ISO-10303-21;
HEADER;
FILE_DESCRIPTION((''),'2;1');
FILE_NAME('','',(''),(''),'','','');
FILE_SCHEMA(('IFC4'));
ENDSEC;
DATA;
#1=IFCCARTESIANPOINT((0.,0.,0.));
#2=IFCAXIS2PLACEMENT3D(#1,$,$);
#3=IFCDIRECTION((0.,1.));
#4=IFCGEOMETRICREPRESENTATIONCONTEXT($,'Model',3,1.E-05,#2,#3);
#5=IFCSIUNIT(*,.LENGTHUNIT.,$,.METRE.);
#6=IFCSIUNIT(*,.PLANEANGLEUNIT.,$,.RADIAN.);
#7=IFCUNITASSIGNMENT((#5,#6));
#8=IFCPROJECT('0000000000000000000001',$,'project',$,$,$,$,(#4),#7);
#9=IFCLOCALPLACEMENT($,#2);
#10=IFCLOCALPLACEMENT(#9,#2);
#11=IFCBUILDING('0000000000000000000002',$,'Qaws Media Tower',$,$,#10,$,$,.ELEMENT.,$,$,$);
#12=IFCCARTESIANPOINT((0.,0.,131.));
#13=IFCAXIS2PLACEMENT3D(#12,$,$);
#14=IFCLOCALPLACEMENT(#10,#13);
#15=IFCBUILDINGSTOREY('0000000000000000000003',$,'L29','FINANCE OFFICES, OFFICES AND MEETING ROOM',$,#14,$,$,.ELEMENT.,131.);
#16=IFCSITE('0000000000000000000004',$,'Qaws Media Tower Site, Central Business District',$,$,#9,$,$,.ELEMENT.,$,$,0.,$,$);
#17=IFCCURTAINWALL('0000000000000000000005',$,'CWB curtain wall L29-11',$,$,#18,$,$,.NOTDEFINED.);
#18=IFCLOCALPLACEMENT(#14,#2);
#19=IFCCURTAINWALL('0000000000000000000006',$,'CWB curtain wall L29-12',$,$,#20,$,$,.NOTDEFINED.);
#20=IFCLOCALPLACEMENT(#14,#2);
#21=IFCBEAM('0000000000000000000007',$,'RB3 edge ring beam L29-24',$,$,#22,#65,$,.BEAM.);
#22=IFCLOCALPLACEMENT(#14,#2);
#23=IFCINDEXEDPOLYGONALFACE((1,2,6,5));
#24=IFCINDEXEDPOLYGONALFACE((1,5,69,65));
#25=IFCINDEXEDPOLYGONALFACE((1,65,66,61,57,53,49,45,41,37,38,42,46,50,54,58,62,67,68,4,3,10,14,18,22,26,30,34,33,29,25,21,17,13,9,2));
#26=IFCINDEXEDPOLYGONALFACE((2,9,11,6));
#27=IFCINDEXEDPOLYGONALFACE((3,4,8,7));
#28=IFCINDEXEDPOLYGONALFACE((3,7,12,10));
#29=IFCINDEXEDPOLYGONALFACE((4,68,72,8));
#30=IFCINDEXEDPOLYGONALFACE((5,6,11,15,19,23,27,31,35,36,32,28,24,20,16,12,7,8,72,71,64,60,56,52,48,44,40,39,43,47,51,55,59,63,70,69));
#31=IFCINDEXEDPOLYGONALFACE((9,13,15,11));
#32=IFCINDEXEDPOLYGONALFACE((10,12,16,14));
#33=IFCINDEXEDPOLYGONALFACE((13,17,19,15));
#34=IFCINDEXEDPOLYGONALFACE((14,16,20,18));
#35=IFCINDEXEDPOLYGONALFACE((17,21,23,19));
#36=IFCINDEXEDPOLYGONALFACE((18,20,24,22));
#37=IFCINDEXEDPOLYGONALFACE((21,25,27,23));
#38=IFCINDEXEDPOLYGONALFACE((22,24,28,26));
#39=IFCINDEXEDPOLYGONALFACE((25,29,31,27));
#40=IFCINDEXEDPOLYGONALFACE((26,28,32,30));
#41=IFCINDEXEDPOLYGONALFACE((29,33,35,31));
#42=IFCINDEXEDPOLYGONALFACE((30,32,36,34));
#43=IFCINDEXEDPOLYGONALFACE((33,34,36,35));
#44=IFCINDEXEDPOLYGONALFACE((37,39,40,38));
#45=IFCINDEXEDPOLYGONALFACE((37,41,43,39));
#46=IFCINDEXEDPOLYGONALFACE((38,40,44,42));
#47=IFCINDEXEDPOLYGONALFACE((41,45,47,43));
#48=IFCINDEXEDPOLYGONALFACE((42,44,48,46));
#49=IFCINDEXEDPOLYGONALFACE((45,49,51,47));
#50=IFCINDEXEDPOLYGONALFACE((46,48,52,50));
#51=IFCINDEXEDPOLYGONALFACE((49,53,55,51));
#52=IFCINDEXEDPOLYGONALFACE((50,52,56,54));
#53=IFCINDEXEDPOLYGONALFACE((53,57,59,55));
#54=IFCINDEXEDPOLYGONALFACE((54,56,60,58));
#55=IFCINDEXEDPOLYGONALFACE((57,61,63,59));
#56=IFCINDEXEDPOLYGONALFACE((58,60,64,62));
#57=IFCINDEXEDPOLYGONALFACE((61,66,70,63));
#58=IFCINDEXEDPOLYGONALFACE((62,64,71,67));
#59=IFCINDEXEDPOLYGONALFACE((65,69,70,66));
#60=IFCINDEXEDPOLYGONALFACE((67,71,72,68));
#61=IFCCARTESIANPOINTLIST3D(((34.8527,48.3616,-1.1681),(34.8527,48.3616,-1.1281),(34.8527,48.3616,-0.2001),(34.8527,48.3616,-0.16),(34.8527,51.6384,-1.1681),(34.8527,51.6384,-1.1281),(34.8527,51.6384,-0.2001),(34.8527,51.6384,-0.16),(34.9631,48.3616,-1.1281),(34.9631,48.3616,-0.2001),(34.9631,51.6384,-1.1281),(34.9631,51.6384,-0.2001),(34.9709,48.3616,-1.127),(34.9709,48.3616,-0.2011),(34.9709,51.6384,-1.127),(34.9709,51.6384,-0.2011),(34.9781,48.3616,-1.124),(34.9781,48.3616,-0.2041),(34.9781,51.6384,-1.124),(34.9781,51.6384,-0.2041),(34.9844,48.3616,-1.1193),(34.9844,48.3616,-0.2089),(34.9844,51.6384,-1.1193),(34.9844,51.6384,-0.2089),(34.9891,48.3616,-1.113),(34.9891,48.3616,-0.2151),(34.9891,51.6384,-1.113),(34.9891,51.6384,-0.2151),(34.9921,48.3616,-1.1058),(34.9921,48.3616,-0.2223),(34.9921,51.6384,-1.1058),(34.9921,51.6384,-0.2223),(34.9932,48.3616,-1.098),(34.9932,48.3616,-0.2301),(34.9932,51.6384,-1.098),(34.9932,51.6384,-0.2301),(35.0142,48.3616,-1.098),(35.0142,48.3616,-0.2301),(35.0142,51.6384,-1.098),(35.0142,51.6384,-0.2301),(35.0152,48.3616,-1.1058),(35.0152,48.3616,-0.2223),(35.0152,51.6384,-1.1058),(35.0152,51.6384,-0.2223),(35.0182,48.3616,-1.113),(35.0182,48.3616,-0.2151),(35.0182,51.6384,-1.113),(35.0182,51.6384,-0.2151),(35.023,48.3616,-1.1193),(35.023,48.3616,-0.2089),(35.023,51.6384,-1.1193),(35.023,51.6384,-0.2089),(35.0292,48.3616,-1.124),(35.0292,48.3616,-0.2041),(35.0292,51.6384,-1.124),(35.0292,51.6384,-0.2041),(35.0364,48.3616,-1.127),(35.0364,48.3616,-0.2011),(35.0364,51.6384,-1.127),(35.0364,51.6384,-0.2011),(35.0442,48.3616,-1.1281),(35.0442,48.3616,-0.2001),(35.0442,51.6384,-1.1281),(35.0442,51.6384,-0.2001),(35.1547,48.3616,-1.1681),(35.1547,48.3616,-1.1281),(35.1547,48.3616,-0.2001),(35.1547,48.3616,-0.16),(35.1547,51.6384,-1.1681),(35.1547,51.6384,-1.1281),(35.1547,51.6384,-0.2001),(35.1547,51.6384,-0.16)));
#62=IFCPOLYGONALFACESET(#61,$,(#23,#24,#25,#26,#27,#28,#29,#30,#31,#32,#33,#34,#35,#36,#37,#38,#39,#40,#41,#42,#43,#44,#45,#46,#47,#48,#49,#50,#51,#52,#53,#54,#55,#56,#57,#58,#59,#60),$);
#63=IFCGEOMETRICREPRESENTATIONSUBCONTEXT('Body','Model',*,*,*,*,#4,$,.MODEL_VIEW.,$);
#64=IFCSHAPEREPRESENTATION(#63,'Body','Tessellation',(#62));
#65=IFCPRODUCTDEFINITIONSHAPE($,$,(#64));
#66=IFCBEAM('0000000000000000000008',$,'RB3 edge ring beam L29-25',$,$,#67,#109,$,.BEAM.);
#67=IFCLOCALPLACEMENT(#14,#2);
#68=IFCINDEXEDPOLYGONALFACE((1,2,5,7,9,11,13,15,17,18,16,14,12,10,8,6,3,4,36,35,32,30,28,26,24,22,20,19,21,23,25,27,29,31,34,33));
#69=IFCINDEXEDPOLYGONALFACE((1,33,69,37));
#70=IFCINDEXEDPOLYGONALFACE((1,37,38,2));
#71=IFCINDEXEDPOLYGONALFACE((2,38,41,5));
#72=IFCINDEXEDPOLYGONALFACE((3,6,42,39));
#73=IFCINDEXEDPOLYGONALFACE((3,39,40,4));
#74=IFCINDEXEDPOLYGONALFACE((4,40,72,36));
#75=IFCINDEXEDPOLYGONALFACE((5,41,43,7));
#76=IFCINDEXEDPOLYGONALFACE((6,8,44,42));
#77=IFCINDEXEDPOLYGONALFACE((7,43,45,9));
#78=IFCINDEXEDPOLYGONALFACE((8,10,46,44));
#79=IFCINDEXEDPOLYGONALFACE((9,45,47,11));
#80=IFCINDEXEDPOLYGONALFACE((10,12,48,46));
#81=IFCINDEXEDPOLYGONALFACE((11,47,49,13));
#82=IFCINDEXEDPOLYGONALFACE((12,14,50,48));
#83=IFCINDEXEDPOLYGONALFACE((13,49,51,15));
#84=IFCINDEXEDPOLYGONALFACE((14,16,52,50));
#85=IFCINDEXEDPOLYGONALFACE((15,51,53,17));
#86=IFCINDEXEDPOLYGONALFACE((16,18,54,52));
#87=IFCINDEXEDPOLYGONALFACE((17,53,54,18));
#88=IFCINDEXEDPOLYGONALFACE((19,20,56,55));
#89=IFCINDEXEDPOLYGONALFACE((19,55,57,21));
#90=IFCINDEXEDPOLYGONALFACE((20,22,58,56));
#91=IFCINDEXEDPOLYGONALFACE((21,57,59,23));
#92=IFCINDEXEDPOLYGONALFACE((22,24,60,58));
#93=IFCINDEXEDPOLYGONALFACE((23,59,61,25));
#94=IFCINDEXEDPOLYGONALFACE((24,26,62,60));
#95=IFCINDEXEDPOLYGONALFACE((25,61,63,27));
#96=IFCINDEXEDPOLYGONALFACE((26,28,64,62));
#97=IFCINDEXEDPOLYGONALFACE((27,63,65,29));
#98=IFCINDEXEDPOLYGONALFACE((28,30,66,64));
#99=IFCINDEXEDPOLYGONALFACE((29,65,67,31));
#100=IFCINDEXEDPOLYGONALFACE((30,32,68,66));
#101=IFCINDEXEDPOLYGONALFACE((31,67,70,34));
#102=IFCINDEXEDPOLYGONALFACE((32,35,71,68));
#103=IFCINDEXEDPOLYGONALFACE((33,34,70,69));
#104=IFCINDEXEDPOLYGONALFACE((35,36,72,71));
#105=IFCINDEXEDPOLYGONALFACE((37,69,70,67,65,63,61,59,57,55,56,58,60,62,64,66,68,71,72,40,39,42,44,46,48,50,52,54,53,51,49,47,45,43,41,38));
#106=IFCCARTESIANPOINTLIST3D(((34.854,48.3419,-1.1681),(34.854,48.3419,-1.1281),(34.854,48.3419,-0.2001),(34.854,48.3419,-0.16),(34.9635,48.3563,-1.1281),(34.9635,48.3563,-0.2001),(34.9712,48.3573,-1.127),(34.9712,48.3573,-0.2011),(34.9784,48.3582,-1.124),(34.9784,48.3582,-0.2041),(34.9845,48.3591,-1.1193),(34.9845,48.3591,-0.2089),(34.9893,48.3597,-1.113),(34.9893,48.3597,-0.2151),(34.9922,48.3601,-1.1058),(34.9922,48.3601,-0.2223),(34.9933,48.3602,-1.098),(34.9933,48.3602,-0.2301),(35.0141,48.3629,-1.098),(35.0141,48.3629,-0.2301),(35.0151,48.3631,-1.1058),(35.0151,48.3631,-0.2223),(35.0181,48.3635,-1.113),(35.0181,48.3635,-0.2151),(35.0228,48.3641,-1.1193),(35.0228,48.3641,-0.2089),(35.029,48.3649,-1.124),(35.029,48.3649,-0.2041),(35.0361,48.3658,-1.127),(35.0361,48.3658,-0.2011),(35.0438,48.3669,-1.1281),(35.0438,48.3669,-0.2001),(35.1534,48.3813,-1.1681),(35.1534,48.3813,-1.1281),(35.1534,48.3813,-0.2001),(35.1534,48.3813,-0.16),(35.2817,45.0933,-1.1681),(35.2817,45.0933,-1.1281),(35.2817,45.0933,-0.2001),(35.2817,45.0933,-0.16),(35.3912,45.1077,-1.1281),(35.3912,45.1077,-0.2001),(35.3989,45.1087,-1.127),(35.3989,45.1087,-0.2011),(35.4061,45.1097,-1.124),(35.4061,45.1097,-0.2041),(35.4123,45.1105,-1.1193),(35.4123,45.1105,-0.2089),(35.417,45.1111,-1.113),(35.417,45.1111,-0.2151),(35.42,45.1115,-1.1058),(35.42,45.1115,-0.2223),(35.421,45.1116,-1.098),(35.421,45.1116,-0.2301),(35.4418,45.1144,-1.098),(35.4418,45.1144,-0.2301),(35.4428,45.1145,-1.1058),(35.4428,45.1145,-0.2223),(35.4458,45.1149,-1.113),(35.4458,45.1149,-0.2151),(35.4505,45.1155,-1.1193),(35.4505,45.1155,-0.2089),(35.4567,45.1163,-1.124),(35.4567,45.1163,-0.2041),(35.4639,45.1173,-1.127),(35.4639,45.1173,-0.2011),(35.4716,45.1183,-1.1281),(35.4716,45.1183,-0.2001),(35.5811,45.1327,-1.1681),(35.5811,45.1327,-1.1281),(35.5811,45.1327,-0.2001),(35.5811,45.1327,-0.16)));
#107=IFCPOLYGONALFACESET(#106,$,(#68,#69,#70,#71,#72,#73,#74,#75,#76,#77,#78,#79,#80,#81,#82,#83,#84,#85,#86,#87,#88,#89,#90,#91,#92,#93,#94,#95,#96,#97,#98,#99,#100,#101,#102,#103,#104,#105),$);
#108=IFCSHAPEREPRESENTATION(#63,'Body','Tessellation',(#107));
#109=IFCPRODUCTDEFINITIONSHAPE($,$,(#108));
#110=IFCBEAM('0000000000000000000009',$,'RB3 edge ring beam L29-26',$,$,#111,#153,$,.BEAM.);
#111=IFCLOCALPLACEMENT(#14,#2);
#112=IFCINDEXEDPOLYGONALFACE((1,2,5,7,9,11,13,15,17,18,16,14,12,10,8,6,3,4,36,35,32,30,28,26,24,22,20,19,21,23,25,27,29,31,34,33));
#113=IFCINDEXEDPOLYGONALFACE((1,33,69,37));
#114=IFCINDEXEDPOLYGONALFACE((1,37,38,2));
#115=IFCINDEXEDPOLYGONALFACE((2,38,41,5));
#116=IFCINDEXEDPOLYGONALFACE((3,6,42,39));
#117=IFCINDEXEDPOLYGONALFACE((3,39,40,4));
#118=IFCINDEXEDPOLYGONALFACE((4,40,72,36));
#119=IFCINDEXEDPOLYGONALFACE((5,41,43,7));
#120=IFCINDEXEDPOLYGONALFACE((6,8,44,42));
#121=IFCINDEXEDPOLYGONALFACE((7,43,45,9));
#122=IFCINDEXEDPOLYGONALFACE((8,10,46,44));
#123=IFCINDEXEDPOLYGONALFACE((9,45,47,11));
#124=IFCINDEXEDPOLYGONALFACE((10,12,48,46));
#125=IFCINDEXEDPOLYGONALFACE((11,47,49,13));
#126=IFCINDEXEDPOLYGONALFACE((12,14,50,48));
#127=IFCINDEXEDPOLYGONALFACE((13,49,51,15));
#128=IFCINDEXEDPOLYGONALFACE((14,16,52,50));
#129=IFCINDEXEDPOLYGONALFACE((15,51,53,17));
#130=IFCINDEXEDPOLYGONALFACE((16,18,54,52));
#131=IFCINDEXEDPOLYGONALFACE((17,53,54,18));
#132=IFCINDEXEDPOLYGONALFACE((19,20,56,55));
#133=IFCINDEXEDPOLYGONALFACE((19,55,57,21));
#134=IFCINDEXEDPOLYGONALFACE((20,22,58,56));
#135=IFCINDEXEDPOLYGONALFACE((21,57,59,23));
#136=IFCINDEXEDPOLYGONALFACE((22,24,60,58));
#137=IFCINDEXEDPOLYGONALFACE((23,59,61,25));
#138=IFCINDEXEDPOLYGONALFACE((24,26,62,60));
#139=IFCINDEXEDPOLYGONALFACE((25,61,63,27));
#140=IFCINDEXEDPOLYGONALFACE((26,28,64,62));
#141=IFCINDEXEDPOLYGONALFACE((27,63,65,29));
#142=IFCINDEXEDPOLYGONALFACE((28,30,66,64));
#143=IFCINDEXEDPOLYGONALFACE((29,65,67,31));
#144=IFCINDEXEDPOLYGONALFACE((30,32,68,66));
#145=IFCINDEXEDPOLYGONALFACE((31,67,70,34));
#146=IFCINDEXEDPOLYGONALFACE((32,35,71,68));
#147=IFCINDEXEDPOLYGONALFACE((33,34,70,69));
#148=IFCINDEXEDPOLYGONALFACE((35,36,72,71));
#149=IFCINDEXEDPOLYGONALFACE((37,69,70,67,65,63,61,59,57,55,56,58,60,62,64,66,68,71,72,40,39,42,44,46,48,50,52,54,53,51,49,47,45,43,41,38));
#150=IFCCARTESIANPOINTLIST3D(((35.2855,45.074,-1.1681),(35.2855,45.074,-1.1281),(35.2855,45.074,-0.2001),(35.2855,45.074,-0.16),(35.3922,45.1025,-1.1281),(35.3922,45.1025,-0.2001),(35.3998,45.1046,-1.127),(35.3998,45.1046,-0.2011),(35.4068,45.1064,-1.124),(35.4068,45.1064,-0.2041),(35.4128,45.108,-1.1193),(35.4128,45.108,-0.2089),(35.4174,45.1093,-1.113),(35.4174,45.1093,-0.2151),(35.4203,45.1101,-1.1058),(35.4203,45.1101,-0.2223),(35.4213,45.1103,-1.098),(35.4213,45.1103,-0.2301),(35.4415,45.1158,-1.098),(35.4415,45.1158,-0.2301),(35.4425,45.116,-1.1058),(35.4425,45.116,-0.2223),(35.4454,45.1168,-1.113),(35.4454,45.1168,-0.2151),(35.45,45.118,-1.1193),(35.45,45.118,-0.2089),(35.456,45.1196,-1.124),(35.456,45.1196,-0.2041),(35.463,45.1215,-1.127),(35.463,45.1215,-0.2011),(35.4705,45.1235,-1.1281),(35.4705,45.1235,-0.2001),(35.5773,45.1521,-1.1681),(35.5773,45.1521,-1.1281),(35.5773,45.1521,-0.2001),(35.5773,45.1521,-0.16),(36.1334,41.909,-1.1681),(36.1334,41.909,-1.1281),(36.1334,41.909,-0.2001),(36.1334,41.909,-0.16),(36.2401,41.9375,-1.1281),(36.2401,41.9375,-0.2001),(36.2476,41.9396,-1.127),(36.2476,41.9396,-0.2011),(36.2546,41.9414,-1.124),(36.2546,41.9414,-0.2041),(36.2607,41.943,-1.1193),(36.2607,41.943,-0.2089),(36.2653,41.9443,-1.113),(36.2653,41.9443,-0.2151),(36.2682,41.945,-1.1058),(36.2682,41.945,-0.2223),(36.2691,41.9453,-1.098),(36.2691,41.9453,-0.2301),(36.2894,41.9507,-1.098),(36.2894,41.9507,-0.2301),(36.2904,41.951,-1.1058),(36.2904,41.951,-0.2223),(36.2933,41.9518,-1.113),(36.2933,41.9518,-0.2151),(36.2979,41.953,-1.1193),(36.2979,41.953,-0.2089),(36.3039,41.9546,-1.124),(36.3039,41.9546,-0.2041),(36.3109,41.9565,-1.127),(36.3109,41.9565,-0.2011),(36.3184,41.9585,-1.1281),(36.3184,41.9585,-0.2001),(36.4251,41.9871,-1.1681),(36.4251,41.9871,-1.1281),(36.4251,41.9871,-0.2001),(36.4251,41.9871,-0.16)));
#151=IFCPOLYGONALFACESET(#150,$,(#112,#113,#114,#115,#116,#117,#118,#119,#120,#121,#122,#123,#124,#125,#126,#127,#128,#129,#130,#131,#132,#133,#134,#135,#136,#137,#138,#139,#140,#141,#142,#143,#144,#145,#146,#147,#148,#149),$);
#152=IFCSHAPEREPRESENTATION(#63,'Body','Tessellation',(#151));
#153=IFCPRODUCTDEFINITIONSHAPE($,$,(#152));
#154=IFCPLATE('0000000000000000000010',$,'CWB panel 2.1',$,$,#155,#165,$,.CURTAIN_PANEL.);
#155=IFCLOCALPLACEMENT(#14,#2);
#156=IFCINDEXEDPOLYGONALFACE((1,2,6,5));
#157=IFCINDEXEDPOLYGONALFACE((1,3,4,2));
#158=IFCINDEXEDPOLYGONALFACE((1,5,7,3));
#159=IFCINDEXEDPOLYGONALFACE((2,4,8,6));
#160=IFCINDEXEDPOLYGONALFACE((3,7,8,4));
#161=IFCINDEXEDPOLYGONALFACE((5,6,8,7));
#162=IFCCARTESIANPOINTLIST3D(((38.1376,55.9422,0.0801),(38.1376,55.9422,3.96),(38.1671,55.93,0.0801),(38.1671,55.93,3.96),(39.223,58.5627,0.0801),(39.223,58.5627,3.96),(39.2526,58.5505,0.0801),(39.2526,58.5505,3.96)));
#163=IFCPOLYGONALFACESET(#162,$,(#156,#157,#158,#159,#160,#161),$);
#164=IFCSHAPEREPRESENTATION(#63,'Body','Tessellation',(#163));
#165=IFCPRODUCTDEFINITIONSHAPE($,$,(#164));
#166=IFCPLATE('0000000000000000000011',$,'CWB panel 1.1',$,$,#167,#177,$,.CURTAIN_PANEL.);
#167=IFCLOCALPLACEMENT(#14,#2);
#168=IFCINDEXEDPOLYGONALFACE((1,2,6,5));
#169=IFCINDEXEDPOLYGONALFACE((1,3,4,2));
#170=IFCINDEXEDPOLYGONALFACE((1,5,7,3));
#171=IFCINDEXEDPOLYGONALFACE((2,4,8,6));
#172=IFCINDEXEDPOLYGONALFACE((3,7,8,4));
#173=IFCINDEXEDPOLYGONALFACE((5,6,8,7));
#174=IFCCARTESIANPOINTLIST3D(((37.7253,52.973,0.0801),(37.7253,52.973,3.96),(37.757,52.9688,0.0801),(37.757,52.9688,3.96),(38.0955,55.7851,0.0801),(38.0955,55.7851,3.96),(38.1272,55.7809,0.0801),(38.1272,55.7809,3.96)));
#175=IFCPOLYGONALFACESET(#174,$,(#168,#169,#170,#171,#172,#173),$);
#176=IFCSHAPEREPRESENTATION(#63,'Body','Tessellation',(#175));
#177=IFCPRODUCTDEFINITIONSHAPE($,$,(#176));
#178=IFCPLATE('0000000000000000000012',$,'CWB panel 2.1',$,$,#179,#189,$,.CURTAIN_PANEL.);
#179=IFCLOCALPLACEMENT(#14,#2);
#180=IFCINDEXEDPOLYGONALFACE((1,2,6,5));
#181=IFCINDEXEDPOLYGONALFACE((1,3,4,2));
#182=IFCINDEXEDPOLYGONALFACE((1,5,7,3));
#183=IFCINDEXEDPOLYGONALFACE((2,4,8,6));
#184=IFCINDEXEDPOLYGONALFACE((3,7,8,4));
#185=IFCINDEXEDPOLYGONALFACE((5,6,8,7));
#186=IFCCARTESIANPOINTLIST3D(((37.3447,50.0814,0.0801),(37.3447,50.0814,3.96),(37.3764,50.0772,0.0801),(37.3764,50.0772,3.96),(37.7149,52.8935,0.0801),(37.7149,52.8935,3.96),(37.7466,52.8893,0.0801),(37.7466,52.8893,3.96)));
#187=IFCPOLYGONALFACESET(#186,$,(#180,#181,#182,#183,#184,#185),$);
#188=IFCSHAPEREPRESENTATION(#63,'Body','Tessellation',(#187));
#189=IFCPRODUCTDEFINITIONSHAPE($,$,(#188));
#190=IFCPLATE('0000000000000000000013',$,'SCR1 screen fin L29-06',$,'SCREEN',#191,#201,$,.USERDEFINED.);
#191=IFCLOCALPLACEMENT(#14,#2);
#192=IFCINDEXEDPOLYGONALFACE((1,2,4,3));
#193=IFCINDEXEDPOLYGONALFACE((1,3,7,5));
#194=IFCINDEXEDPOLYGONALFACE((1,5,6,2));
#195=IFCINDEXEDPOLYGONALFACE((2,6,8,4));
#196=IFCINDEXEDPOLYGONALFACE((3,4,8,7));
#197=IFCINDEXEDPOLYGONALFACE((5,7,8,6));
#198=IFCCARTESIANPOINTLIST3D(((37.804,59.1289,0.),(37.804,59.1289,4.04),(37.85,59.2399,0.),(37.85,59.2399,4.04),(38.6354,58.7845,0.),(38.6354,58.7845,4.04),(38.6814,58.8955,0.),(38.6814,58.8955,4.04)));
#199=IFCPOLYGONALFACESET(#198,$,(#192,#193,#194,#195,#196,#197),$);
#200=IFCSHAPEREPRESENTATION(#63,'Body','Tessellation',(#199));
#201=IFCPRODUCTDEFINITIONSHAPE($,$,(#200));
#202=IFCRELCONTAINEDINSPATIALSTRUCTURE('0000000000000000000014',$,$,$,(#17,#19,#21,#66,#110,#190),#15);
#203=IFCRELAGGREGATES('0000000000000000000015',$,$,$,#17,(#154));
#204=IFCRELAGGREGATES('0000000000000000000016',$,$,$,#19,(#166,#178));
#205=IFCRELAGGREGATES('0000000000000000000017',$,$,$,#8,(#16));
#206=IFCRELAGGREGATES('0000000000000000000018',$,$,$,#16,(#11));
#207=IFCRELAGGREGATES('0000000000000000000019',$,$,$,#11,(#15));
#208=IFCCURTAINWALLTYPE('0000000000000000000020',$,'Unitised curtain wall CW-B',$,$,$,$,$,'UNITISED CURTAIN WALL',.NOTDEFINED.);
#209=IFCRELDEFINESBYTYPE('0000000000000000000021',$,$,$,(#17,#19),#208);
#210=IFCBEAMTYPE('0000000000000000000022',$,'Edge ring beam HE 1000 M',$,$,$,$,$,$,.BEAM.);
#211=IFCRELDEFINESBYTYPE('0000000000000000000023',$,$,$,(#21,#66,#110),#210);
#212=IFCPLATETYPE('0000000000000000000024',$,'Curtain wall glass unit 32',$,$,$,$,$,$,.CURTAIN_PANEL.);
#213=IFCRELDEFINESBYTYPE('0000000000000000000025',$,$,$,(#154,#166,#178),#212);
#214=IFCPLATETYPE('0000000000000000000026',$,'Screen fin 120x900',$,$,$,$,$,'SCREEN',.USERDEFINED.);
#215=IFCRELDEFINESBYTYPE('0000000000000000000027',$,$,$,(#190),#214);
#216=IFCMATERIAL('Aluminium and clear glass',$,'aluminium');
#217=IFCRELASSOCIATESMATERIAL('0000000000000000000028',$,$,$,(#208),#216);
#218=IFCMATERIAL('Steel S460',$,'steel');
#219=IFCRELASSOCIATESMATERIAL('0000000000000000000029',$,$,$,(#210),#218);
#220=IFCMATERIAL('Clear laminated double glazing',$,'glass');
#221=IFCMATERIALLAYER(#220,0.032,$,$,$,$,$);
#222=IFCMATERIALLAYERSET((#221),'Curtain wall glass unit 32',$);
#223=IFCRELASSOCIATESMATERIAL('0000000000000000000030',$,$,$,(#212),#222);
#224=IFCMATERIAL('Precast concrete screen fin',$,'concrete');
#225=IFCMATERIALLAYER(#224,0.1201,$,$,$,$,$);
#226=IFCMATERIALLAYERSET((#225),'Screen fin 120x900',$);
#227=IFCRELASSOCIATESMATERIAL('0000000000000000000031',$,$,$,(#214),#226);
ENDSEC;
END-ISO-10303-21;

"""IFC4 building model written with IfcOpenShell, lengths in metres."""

from ifc_helpers import new_model, si_unit, direction, frame, origin, origin_2d, place, context, subcontext, project, spatial, rectangle, i_section, extrude, material, layer, layer_set, material_profile, profile_set, type_object, element, aggregate, save


model = new_model("IFC4")

# Units and contexts
model_context = context("Model", 3, precision=1e-05, world=origin(), true_north=direction((0.0, 1.0)))
body_context = subcontext(model_context, "Body", "Model", "MODEL_VIEW")
ifc_project = project(units=[si_unit("LENGTHUNIT", "METRE"), si_unit("PLANEANGLEUNIT", "RADIAN")], contexts=[model_context])

# Site, building, storey
site_placement = place(None, origin())
site = spatial("IfcSite", under=ifc_project, at=site_placement, Name="Qaws Media Tower Site, Central Business District", CompositionType="ELEMENT", RefElevation=0.0)
building_placement = place(site_placement, origin())
building = spatial("IfcBuilding", under=site, at=building_placement, Name="Qaws Media Tower", CompositionType="ELEMENT")
storey_placement = place(building_placement, frame((0.0, 0.0, 131.0)))
storey = spatial("IfcBuildingStorey", under=building, at=storey_placement, Name="L29", Description="FINANCE OFFICES, OFFICES AND MEETING ROOM", CompositionType="ELEMENT", Elevation=131.0)

# Curtain walls
ifc_material_1 = material(Name="Aluminium and clear glass", Category="aluminium")
curtain_wall_type = type_object("IfcCurtainWallType", Name="Unitised curtain wall CW-B", ElementType="UNITISED CURTAIN WALL", PredefinedType="NOTDEFINED", material=ifc_material_1)
curtain_wall_1_placement = place(storey_placement, origin())
curtain_wall_1 = element("IfcCurtainWall", 1, at=curtain_wall_1_placement, inside=storey, type_object=curtain_wall_type, Name="CWB curtain wall L29-11", PredefinedType="NOTDEFINED")
curtain_wall_2_placement = place(storey_placement, origin())
curtain_wall_2 = element("IfcCurtainWall", 2, at=curtain_wall_2_placement, inside=storey, type_object=curtain_wall_type, Name="CWB curtain wall L29-12", PredefinedType="NOTDEFINED")

# Beams
ifc_material_2 = material(Name="Steel S460", Category="steel")
ifc_material_profile_1 = material_profile(ifc_material_2, i_section(OverallWidth=0.302, OverallDepth=1.0081, WebThickness=0.021, FlangeThickness=0.04, FilletRadius=0.03, at=origin_2d()), Name="HE 1000 M")
ifc_profile_set_1 = profile_set([ifc_material_profile_1], Name="Steel S460")
beam_type = type_object("IfcBeamType", Name="Edge ring beam HE 1000 M", PredefinedType="BEAM", material=ifc_profile_set_1)
beam_placement = place(storey_placement, frame((35.0037, 51.6384, -0.6641), z_axis=(0.0, -1.0, 0.0), x_axis=(1.0, 0.0, 0.0)))
element("IfcBeam", 3, at=beam_placement, inside=storey, type_object=beam_type, Name="RB3 edge ring beam L29-24", PredefinedType="BEAM", context=body_context, shape_type="SweptSolid", body=[
    extrude(i_section(OverallWidth=0.302, OverallDepth=1.0081, WebThickness=0.021, FlangeThickness=0.04, FilletRadius=0.03, at=origin_2d()), origin(), (0.0, 0.0, 1.0), 3.2769),
])
for number, where, z_axis, x_axis, name in (
    (4, (35.0037, 48.3616, -0.6641), (0.130543, -0.991443, 0.0), (0.991443, 0.130543, 0.0), "RB3 edge ring beam L29-25"),
    (5, (35.4314, 45.113, -0.6641), (0.258771, -0.965939, 0.0), (0.965939, 0.258771, 0.0), "RB3 edge ring beam L29-26"),
):
    element("IfcBeam", number, at=place(storey_placement, frame(where, z_axis=z_axis, x_axis=x_axis)), inside=storey, type_object=beam_type, Name=name, PredefinedType="BEAM", context=body_context, shape_type="SweptSolid", body=[
        extrude(i_section(OverallWidth=0.302, OverallDepth=1.0081, WebThickness=0.021, FlangeThickness=0.04, FilletRadius=0.03, at=origin_2d()), origin(), (0.0, 0.0, 1.0), 3.2766),
    ])

# Plates
ifc_material_3 = material(Name="Clear laminated double glazing", Category="glass")
ifc_layer_1 = layer(ifc_material_3, 0.032)
ifc_layer_set_1 = layer_set([ifc_layer_1], Name="Curtain wall glass unit 32")
plate_type_1 = type_object("IfcPlateType", Name="Curtain wall glass unit 32", PredefinedType="CURTAIN_PANEL", material=ifc_layer_set_1)
plate_1_placement = place(storey_placement, frame((38.6951, 57.2463, 0.0801), z_axis=(0.0, 0.0, 1.0), x_axis=(-0.382683, -0.92388, 0.0)))
plate_1 = element("IfcPlate", 6, at=plate_1_placement, type_object=plate_type_1, Name="CWB panel 2.1", PredefinedType="CURTAIN_PANEL", context=body_context, shape_type="SweptSolid", body=[
    extrude(rectangle(XDim=2.8364, YDim=0.032, at=origin_2d()), origin(), (0.0, 0.0, 1.0), 3.8799),
])
aggregate(curtain_wall_1, [plate_1])
plate_2_placement = place(storey_placement, frame((37.9263, 54.377, 0.0801), z_axis=(0.0, 0.0, 1.0), x_axis=(-0.130526, -0.991445, 0.0)))
plate_2 = element("IfcPlate", 7, at=plate_2_placement, type_object=plate_type_1, Name="CWB panel 1.1", PredefinedType="CURTAIN_PANEL", context=body_context, shape_type="SweptSolid", body=[
    extrude(rectangle(XDim=2.8364, YDim=0.032, at=origin_2d()), origin(), (0.0, 0.0, 1.0), 3.8799),
])
plate_3_placement = place(storey_placement, frame((37.5457, 51.4854, 0.0801), z_axis=(0.0, 0.0, 1.0), x_axis=(-0.130526, -0.991445, 0.0)))
plate_3 = element("IfcPlate", 8, at=plate_3_placement, type_object=plate_type_1, Name="CWB panel 2.1", PredefinedType="CURTAIN_PANEL", context=body_context, shape_type="SweptSolid", body=[
    extrude(rectangle(XDim=2.8364, YDim=0.032, at=origin_2d()), origin(), (0.0, 0.0, 1.0), 3.8799),
])
aggregate(curtain_wall_2, [plate_2, plate_3])

# Plate
ifc_material_4 = material(Name="Precast concrete screen fin", Category="concrete")
ifc_layer_2 = layer(ifc_material_4, 0.1201)
ifc_layer_set_2 = layer_set([ifc_layer_2], Name="Screen fin 120x900")
plate_type_2 = type_object("IfcPlateType", Name="Screen fin 120x900", ElementType="SCREEN", PredefinedType="USERDEFINED", material=ifc_layer_set_2)
for number, where, z_axis, x_axis, name in (
    (9, (38.2427, 59.0122, 0.0), (0.0, 0.0, 1.0), (-0.92388, 0.382683, 0.0), "SCR1 screen fin L29-06"),
):
    element("IfcPlate", number, at=place(storey_placement, frame(where, z_axis=z_axis, x_axis=x_axis)), inside=storey, type_object=plate_type_2, Name=name, ObjectType="SCREEN", PredefinedType="USERDEFINED", context=body_context, shape_type="SweptSolid", body=[
        extrude(rectangle(XDim=0.8999, YDim=0.1201, at=origin_2d()), origin(), (0.0, 0.0, 1.0), 4.04),
    ])

save(model, "model.ifc")
